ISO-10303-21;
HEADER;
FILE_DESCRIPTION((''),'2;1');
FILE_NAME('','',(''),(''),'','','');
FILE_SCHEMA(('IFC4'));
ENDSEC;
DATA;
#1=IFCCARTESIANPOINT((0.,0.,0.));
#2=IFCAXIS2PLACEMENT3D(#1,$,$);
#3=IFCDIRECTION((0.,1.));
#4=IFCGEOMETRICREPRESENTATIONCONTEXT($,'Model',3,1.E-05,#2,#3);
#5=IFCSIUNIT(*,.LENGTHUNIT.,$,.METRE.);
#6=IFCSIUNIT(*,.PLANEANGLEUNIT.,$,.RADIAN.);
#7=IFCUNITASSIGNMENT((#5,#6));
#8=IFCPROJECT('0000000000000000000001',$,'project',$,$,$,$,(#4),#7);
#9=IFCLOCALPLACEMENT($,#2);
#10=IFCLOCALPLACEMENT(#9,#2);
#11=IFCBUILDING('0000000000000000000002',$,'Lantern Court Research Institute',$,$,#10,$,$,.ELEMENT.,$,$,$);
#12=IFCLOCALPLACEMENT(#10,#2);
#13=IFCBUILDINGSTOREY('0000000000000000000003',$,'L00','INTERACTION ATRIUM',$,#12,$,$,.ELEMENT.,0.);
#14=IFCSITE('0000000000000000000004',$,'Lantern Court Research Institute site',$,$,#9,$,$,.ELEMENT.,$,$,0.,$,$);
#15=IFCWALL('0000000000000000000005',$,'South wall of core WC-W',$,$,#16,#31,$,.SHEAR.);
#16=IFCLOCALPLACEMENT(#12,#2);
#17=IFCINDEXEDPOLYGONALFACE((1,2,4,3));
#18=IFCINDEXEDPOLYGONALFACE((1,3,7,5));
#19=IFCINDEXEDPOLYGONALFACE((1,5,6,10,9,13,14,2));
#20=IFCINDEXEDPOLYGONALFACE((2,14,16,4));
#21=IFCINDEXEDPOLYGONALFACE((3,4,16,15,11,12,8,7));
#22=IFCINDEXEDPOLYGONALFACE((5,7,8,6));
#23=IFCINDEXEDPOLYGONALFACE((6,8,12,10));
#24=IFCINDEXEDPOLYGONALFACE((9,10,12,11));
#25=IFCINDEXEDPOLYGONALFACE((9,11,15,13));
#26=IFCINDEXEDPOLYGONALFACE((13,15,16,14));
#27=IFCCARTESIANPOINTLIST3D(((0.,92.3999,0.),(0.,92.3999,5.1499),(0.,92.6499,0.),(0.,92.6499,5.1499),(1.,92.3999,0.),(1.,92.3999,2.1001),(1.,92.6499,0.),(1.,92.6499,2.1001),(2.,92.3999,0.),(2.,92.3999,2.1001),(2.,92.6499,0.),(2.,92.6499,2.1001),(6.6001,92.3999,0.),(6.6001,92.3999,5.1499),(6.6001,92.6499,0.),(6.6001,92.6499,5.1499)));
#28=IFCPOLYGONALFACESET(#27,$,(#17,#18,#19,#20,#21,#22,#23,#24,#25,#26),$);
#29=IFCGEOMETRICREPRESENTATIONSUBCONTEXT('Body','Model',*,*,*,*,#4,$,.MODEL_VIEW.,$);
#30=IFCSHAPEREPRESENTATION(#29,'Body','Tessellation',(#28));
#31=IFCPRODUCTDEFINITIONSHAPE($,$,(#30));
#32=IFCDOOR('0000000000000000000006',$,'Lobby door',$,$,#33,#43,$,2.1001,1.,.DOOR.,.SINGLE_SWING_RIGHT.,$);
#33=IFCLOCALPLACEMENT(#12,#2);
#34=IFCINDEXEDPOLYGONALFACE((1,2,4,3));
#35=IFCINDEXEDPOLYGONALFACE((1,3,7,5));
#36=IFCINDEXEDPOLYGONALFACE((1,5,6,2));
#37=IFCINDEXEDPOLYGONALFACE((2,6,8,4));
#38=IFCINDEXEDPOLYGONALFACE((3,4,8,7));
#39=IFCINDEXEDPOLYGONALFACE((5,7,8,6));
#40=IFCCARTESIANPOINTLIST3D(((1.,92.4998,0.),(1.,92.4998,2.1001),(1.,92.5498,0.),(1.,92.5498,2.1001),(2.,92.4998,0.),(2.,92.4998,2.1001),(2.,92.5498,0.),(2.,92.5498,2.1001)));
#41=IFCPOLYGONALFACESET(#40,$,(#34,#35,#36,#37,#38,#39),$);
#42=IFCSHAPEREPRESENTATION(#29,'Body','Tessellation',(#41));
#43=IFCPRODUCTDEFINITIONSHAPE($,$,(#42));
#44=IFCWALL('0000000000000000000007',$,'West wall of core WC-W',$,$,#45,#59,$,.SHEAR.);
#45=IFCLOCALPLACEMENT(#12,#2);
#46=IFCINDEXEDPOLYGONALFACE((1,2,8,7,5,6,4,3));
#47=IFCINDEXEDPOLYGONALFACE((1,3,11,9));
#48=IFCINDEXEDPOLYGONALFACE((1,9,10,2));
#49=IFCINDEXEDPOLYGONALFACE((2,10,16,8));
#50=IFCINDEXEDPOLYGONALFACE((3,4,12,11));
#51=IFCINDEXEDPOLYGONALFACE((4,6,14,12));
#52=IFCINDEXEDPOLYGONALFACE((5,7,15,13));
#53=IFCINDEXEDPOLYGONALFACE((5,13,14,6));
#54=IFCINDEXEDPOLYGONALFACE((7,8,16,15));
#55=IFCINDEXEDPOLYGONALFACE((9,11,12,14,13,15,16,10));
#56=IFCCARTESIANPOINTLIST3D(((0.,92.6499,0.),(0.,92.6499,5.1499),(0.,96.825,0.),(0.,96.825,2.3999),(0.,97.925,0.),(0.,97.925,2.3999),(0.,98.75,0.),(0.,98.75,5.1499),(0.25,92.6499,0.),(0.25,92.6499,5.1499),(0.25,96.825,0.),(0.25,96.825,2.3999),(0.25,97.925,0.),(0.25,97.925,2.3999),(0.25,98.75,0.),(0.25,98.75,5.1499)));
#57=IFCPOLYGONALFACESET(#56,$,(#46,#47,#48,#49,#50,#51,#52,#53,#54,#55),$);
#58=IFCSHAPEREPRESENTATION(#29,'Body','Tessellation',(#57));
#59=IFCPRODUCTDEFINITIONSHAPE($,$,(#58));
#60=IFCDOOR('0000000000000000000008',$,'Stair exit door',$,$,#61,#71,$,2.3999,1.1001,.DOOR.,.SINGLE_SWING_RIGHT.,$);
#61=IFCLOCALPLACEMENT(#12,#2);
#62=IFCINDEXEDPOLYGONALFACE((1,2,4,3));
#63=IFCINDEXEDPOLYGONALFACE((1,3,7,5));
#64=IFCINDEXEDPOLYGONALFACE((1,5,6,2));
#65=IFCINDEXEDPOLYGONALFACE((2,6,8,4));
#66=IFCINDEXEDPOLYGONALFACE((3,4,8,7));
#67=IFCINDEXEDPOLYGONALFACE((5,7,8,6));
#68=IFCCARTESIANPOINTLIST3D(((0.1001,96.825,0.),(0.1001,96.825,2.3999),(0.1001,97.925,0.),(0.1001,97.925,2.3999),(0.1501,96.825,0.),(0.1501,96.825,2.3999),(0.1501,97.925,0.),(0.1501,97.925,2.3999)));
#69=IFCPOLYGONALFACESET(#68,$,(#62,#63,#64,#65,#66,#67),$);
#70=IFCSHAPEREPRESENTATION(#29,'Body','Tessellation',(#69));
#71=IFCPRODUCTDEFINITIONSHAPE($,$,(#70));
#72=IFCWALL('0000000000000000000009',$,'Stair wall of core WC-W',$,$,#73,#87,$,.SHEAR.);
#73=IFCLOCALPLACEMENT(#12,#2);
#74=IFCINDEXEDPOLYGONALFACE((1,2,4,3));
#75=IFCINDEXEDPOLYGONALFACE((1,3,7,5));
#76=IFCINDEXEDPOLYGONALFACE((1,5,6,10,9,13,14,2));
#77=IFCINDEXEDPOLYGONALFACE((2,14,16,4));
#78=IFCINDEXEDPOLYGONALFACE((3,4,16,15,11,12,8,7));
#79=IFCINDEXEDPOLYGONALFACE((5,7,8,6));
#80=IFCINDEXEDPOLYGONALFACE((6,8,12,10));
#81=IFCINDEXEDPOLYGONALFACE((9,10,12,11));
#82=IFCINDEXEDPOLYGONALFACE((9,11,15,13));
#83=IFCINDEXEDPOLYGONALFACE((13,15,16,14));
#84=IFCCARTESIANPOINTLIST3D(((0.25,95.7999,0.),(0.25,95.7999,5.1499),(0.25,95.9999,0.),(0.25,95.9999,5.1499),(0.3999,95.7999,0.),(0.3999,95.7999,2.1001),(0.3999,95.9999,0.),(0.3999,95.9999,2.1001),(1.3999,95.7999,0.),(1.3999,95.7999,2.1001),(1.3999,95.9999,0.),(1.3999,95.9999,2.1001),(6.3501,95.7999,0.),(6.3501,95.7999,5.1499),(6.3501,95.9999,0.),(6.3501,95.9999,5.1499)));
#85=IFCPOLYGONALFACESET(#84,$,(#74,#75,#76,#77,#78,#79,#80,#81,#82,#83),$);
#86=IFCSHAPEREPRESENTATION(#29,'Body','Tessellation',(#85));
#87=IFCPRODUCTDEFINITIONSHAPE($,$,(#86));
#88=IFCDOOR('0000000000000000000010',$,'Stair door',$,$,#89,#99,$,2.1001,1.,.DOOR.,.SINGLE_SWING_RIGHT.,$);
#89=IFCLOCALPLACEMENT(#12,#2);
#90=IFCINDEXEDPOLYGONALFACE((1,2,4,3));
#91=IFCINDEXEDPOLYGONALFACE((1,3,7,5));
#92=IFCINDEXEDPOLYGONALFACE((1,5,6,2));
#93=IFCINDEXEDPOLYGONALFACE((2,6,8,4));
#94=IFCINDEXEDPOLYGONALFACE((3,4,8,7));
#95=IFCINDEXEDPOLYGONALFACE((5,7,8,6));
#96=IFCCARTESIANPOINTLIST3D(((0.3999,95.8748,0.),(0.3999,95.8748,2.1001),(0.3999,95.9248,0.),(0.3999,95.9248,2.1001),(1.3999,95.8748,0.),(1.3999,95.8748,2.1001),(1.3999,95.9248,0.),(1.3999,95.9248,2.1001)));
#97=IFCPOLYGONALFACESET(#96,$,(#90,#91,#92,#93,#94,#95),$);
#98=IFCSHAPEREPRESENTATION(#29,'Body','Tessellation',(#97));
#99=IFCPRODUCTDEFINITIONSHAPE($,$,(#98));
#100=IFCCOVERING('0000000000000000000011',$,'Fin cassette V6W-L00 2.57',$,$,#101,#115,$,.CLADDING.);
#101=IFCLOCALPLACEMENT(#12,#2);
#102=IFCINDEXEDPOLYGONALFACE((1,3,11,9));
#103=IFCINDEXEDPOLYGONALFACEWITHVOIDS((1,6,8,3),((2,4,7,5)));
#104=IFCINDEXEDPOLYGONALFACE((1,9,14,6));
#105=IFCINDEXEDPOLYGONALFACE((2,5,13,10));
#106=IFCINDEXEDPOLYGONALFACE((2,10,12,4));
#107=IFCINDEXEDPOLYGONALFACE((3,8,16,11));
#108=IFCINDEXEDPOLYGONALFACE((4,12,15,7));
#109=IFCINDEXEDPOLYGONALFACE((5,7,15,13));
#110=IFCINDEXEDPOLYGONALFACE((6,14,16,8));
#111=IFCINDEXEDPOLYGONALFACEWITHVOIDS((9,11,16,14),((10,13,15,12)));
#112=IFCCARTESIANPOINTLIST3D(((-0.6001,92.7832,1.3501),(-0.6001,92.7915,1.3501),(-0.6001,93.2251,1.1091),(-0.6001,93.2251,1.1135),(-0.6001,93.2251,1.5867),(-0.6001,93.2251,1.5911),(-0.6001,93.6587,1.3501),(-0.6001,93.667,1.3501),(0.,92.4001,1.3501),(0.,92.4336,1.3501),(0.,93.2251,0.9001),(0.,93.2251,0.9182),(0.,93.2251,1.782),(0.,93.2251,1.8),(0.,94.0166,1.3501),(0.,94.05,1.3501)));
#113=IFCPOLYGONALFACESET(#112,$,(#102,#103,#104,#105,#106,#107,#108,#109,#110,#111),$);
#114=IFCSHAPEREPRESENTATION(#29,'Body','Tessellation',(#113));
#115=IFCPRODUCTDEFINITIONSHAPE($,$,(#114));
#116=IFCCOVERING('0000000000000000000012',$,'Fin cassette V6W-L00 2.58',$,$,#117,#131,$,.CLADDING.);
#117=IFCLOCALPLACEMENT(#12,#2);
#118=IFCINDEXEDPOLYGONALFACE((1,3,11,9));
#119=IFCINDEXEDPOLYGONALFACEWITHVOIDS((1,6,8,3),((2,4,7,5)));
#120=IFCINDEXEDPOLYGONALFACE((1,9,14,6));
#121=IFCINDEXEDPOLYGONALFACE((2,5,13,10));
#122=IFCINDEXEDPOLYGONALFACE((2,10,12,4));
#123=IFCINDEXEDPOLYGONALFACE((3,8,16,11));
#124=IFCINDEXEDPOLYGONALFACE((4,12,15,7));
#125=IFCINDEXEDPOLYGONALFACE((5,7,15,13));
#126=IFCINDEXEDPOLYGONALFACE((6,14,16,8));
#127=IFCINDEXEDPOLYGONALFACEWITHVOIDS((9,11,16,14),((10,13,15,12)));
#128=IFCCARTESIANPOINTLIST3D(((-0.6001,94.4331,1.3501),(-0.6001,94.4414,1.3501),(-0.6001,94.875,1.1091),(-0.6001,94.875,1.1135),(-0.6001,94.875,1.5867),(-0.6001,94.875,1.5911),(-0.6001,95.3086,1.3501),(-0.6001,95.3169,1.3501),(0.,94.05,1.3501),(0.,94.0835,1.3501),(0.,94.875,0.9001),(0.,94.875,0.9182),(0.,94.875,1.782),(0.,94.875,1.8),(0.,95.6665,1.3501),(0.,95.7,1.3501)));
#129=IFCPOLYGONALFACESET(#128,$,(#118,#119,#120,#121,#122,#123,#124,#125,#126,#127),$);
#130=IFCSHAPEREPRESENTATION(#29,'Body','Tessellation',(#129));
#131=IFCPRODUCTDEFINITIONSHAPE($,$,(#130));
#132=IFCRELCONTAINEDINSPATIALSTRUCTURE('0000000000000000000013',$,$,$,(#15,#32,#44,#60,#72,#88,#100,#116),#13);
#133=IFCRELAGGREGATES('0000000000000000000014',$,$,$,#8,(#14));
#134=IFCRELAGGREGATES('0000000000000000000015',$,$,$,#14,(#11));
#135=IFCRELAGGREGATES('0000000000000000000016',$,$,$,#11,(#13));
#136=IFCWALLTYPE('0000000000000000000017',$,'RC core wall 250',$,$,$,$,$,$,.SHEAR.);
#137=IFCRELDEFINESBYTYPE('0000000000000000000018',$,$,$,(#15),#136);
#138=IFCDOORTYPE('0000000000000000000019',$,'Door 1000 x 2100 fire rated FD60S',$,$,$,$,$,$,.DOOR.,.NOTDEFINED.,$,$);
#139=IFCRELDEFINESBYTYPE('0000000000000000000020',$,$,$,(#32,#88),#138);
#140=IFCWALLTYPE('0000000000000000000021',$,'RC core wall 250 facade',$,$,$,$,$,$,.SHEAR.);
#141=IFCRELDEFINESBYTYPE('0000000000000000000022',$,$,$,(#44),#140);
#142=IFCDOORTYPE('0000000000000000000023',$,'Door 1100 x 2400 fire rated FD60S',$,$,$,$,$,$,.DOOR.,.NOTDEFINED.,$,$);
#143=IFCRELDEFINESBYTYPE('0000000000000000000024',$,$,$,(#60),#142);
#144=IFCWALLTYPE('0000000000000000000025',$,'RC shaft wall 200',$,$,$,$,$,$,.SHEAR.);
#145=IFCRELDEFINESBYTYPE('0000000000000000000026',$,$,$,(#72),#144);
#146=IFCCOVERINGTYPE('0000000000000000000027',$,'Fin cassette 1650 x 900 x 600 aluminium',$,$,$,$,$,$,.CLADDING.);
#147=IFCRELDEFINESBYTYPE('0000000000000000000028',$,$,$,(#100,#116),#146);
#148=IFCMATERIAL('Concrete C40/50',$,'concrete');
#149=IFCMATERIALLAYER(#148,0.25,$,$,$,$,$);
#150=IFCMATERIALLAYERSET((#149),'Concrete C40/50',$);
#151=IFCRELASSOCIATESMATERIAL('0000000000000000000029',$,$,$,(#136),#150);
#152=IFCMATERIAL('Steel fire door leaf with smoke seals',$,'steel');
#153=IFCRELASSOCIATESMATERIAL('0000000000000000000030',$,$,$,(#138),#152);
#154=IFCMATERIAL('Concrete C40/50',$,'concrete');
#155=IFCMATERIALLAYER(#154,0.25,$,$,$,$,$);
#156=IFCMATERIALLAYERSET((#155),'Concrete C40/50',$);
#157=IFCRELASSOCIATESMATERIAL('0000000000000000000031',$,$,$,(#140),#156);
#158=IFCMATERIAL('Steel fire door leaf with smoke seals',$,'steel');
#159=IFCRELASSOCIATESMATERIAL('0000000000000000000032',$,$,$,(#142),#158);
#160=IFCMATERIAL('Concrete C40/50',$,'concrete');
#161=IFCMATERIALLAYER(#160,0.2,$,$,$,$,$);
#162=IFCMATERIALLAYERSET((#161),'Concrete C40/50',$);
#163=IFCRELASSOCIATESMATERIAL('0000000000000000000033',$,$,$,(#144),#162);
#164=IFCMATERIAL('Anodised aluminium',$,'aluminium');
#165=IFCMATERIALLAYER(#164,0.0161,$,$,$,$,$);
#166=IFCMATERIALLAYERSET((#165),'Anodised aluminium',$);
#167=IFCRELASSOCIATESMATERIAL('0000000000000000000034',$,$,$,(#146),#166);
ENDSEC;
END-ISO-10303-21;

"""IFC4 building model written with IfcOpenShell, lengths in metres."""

from ifc_helpers import new_model, entity, si_unit, direction, frame, frame_2d, origin, place, context, subcontext, project, spatial, rectangle, extrude, material, layer, layer_set, type_object, element, fill, save


model = new_model("IFC4")

# Units and contexts
model_context = context("Model", 3, precision=1e-05, world=origin(), true_north=direction((0.0, 1.0)))
body_context = subcontext(model_context, "Body", "Model", "MODEL_VIEW")
ifc_project = project(units=[si_unit("LENGTHUNIT", "METRE"), si_unit("PLANEANGLEUNIT", "RADIAN")], contexts=[model_context])

# Site, building, storey
site_placement = place(None, origin())
site = spatial("IfcSite", under=ifc_project, at=site_placement, Name="Lantern Court Research Institute site", CompositionType="ELEMENT", RefElevation=0.0)
building_placement = place(site_placement, origin())
building = spatial("IfcBuilding", under=site, at=building_placement, Name="Lantern Court Research Institute", CompositionType="ELEMENT")
storey_placement = place(building_placement, origin())
storey = spatial("IfcBuildingStorey", under=building, at=storey_placement, Name="L00", Description="INTERACTION ATRIUM", CompositionType="ELEMENT", Elevation=0.0)

# Walls, openings, doors
ifc_material_1 = material(Name="Concrete C40/50", Category="concrete")
ifc_layer_1 = layer(ifc_material_1, 0.25)
ifc_layer_set_1 = layer_set([ifc_layer_1], Name="Concrete C40/50")
wall_type_1 = type_object("IfcWallType", Name="RC core wall 250", PredefinedType="SHEAR", material=ifc_layer_set_1)
wall_1_placement = place(storey_placement, frame((0.0, 92.5249, 0.0), z_axis=(0.0, 0.0, 1.0), x_axis=(1.0, 0.0, 0.0)))
wall_1 = element("IfcWall", 1, at=wall_1_placement, inside=storey, type_object=wall_type_1, Name="South wall of core WC-W", PredefinedType="SHEAR", context=body_context, shape_type="SweptSolid", body=[
    extrude(rectangle(XDim=6.6001, YDim=0.25, at=frame_2d((3.3, 0.0))), origin(), (0.0, 0.0, 1.0), 5.1499),
])
opening_1_placement = place(wall_1_placement, frame((1.0, 0.0, 0.0)))
opening_1 = element("IfcOpeningElement", 2, at=opening_1_placement, cuts=wall_1, PredefinedType="OPENING", context=body_context, shape_type="SweptSolid", body=[
    extrude(rectangle(XDim=1.0, YDim=2.1001, at=frame_2d((0.5, 1.05))), frame((0.0, 0.135, 0.0), z_axis=(0.0, -1.0, 0.0), x_axis=(1.0, 0.0, 0.0)), (0.0, 0.0, 1.0), 0.27),
])
ifc_material_2 = material(Name="Steel fire door leaf with smoke seals", Category="steel")
door_type_1 = type_object("IfcDoorType", Name="Door 1000 x 2100 fire rated FD60S", OperationType="NOTDEFINED", PredefinedType="DOOR", material=ifc_material_2)
door_1_placement = place(opening_1_placement, origin())
door_1 = element("IfcDoor", 3, at=door_1_placement, inside=storey, type_object=door_type_1, Name="Lobby door", OperationType="SINGLE_SWING_RIGHT", OverallHeight=2.1001, OverallWidth=1.0, PredefinedType="DOOR", context=body_context, shape_type="SweptSolid", body=[
    extrude(rectangle(XDim=1.0, YDim=2.1001, at=frame_2d((0.5, 1.05))), frame((0.0, 0.0249, 0.0), z_axis=(0.0, -1.0, 0.0), x_axis=(1.0, 0.0, 0.0)), (0.0, 0.0, 1.0), 0.05),
])
fill(opening_1, door_1)
ifc_material_3 = material(Name="Concrete C40/50", Category="concrete")
ifc_layer_2 = layer(ifc_material_3, 0.25)
ifc_layer_set_2 = layer_set([ifc_layer_2], Name="Concrete C40/50")
wall_type_2 = type_object("IfcWallType", Name="RC core wall 250 facade", PredefinedType="SHEAR", material=ifc_layer_set_2)
wall_2_placement = place(storey_placement, frame((0.125, 92.6499, 0.0), z_axis=(0.0, 0.0, 1.0), x_axis=(0.0, 1.0, 0.0)))
wall_2 = element("IfcWall", 4, at=wall_2_placement, inside=storey, type_object=wall_type_2, Name="West wall of core WC-W", PredefinedType="SHEAR", context=body_context, shape_type="SweptSolid", body=[
    extrude(rectangle(XDim=6.1001, YDim=0.25, at=frame_2d((3.05, 0.0))), origin(), (0.0, 0.0, 1.0), 5.1499),
])
opening_2_placement = place(wall_2_placement, frame((4.175, 0.0, 0.0)))
opening_2 = element("IfcOpeningElement", 5, at=opening_2_placement, cuts=wall_2, PredefinedType="OPENING", context=body_context, shape_type="SweptSolid", body=[
    extrude(rectangle(XDim=1.1001, YDim=2.3999, at=frame_2d((0.55, 1.2))), frame((0.0, 0.135, 0.0), z_axis=(0.0, -1.0, 0.0), x_axis=(1.0, 0.0, 0.0)), (0.0, 0.0, 1.0), 0.27),
])
ifc_material_4 = material(Name="Steel fire door leaf with smoke seals", Category="steel")
door_type_2 = type_object("IfcDoorType", Name="Door 1100 x 2400 fire rated FD60S", OperationType="NOTDEFINED", PredefinedType="DOOR", material=ifc_material_4)
door_2_placement = place(opening_2_placement, origin())
door_2 = element("IfcDoor", 6, at=door_2_placement, inside=storey, type_object=door_type_2, Name="Stair exit door", OperationType="SINGLE_SWING_RIGHT", OverallHeight=2.3999, OverallWidth=1.1001, PredefinedType="DOOR", context=body_context, shape_type="SweptSolid", body=[
    extrude(rectangle(XDim=1.1001, YDim=2.3999, at=frame_2d((0.55, 1.2))), frame((0.0, 0.0249, 0.0), z_axis=(0.0, -1.0, 0.0), x_axis=(1.0, 0.0, 0.0)), (0.0, 0.0, 1.0), 0.05),
])
fill(opening_2, door_2)
ifc_material_5 = material(Name="Concrete C40/50", Category="concrete")
ifc_layer_3 = layer(ifc_material_5, 0.2)
ifc_layer_set_3 = layer_set([ifc_layer_3], Name="Concrete C40/50")
wall_type_3 = type_object("IfcWallType", Name="RC shaft wall 200", PredefinedType="SHEAR", material=ifc_layer_set_3)
wall_3_placement = place(storey_placement, frame((0.25, 95.8999, 0.0), z_axis=(0.0, 0.0, 1.0), x_axis=(1.0, 0.0, 0.0)))
wall_3 = element("IfcWall", 7, at=wall_3_placement, inside=storey, type_object=wall_type_3, Name="Stair wall of core WC-W", PredefinedType="SHEAR", context=body_context, shape_type="SweptSolid", body=[
    extrude(rectangle(XDim=6.1001, YDim=0.2, at=frame_2d((3.05, 0.0))), origin(), (0.0, 0.0, 1.0), 5.1499),
])
opening_3_placement = place(wall_3_placement, frame((0.1499, 0.0, 0.0)))
opening_3 = element("IfcOpeningElement", 8, at=opening_3_placement, cuts=wall_3, PredefinedType="OPENING", context=body_context, shape_type="SweptSolid", body=[
    extrude(rectangle(XDim=1.0, YDim=2.1001, at=frame_2d((0.5, 1.05))), frame((0.0, 0.1099, 0.0), z_axis=(0.0, -1.0, 0.0), x_axis=(1.0, 0.0, 0.0)), (0.0, 0.0, 1.0), 0.22),
])
door_3_placement = place(opening_3_placement, origin())
door_3 = element("IfcDoor", 9, at=door_3_placement, inside=storey, type_object=door_type_1, Name="Stair door", OperationType="SINGLE_SWING_RIGHT", OverallHeight=2.1001, OverallWidth=1.0, PredefinedType="DOOR", context=body_context, shape_type="SweptSolid", body=[
    extrude(rectangle(XDim=1.0, YDim=2.1001, at=frame_2d((0.5, 1.05))), frame((0.0, 0.0249, 0.0), z_axis=(0.0, -1.0, 0.0), x_axis=(1.0, 0.0, 0.0)), (0.0, 0.0, 1.0), 0.05),
])
fill(opening_3, door_3)

# Coverings
ifc_material_6 = material(Name="Anodised aluminium", Category="aluminium")
ifc_layer_4 = layer(ifc_material_6, 0.0161)
ifc_layer_set_4 = layer_set([ifc_layer_4], Name="Anodised aluminium")
covering_type = type_object("IfcCoveringType", Name="Fin cassette 1650 x 900 x 600 aluminium", PredefinedType="CLADDING", material=ifc_layer_set_4)
covering_1_placement = place(storey_placement, frame((0.0, 93.2251, 1.3501), z_axis=(-1.0, 0.0, 0.0), x_axis=(0.0, -1.0, 0.0)))
cartesian_point_1 = entity("IfcCartesianPoint", [0.825, 0.0])
cartesian_point_2 = entity("IfcCartesianPoint", [0.7915, 0.0])
cartesian_point_3 = entity("IfcCartesianPoint", [0.4419, 0.0])
cartesian_point_4 = entity("IfcCartesianPoint", [0.4336, 0.0])
element("IfcCovering", 10, at=covering_1_placement, inside=storey, type_object=covering_type, Name="Fin cassette V6W-L00 2.57", PredefinedType="CLADDING", context=body_context, shape_type="SweptSolid", body=[
    entity("IfcExtrudedAreaSolidTapered", entity("IfcArbitraryProfileDefWithVoids", "AREA", None, entity("IfcPolyline", [cartesian_point_1, entity("IfcCartesianPoint", [0.0, 0.45]), entity("IfcCartesianPoint", [-0.825, 0.0]), entity("IfcCartesianPoint", [0.0, -0.45]), cartesian_point_1]), [entity("IfcPolyline", [cartesian_point_2, entity("IfcCartesianPoint", [0.0, 0.4319]), entity("IfcCartesianPoint", [-0.7915, 0.0]), entity("IfcCartesianPoint", [0.0, -0.4319]), cartesian_point_2])]), entity("IfcAxis2Placement3D", entity("IfcCartesianPoint", [0.0, 0.0, 0.0])), entity("IfcDirection", [0.0, 0.0, 1.0]), 0.6001, entity("IfcArbitraryProfileDefWithVoids", "AREA", None, entity("IfcPolyline", [cartesian_point_3, entity("IfcCartesianPoint", [0.0, 0.241]), entity("IfcCartesianPoint", [-0.4419, 0.0]), entity("IfcCartesianPoint", [0.0, -0.241]), cartesian_point_3]), [entity("IfcPolyline", [cartesian_point_4, entity("IfcCartesianPoint", [0.0, 0.2366]), entity("IfcCartesianPoint", [-0.4336, 0.0]), entity("IfcCartesianPoint", [0.0, -0.2366]), cartesian_point_4])])),
])
covering_2_placement = place(storey_placement, frame((0.0, 94.875, 1.3501), z_axis=(-1.0, 0.0, 0.0), x_axis=(0.0, -1.0, 0.0)))
cartesian_point_5 = entity("IfcCartesianPoint", [0.825, 0.0])
cartesian_point_6 = entity("IfcCartesianPoint", [0.7915, 0.0])
cartesian_point_7 = entity("IfcCartesianPoint", [0.4419, 0.0])
cartesian_point_8 = entity("IfcCartesianPoint", [0.4336, 0.0])
element("IfcCovering", 11, at=covering_2_placement, inside=storey, type_object=covering_type, Name="Fin cassette V6W-L00 2.58", PredefinedType="CLADDING", context=body_context, shape_type="SweptSolid", body=[
    entity("IfcExtrudedAreaSolidTapered", entity("IfcArbitraryProfileDefWithVoids", "AREA", None, entity("IfcPolyline", [cartesian_point_5, entity("IfcCartesianPoint", [0.0, 0.45]), entity("IfcCartesianPoint", [-0.825, 0.0]), entity("IfcCartesianPoint", [0.0, -0.45]), cartesian_point_5]), [entity("IfcPolyline", [cartesian_point_6, entity("IfcCartesianPoint", [0.0, 0.4319]), entity("IfcCartesianPoint", [-0.7915, 0.0]), entity("IfcCartesianPoint", [0.0, -0.4319]), cartesian_point_6])]), entity("IfcAxis2Placement3D", entity("IfcCartesianPoint", [0.0, 0.0, 0.0])), entity("IfcDirection", [0.0, 0.0, 1.0]), 0.6001, entity("IfcArbitraryProfileDefWithVoids", "AREA", None, entity("IfcPolyline", [cartesian_point_7, entity("IfcCartesianPoint", [0.0, 0.241]), entity("IfcCartesianPoint", [-0.4419, 0.0]), entity("IfcCartesianPoint", [0.0, -0.241]), cartesian_point_7]), [entity("IfcPolyline", [cartesian_point_8, entity("IfcCartesianPoint", [0.0, 0.2366]), entity("IfcCartesianPoint", [-0.4336, 0.0]), entity("IfcCartesianPoint", [0.0, -0.2366]), cartesian_point_8])])),
])

save(model, "model.ifc")
